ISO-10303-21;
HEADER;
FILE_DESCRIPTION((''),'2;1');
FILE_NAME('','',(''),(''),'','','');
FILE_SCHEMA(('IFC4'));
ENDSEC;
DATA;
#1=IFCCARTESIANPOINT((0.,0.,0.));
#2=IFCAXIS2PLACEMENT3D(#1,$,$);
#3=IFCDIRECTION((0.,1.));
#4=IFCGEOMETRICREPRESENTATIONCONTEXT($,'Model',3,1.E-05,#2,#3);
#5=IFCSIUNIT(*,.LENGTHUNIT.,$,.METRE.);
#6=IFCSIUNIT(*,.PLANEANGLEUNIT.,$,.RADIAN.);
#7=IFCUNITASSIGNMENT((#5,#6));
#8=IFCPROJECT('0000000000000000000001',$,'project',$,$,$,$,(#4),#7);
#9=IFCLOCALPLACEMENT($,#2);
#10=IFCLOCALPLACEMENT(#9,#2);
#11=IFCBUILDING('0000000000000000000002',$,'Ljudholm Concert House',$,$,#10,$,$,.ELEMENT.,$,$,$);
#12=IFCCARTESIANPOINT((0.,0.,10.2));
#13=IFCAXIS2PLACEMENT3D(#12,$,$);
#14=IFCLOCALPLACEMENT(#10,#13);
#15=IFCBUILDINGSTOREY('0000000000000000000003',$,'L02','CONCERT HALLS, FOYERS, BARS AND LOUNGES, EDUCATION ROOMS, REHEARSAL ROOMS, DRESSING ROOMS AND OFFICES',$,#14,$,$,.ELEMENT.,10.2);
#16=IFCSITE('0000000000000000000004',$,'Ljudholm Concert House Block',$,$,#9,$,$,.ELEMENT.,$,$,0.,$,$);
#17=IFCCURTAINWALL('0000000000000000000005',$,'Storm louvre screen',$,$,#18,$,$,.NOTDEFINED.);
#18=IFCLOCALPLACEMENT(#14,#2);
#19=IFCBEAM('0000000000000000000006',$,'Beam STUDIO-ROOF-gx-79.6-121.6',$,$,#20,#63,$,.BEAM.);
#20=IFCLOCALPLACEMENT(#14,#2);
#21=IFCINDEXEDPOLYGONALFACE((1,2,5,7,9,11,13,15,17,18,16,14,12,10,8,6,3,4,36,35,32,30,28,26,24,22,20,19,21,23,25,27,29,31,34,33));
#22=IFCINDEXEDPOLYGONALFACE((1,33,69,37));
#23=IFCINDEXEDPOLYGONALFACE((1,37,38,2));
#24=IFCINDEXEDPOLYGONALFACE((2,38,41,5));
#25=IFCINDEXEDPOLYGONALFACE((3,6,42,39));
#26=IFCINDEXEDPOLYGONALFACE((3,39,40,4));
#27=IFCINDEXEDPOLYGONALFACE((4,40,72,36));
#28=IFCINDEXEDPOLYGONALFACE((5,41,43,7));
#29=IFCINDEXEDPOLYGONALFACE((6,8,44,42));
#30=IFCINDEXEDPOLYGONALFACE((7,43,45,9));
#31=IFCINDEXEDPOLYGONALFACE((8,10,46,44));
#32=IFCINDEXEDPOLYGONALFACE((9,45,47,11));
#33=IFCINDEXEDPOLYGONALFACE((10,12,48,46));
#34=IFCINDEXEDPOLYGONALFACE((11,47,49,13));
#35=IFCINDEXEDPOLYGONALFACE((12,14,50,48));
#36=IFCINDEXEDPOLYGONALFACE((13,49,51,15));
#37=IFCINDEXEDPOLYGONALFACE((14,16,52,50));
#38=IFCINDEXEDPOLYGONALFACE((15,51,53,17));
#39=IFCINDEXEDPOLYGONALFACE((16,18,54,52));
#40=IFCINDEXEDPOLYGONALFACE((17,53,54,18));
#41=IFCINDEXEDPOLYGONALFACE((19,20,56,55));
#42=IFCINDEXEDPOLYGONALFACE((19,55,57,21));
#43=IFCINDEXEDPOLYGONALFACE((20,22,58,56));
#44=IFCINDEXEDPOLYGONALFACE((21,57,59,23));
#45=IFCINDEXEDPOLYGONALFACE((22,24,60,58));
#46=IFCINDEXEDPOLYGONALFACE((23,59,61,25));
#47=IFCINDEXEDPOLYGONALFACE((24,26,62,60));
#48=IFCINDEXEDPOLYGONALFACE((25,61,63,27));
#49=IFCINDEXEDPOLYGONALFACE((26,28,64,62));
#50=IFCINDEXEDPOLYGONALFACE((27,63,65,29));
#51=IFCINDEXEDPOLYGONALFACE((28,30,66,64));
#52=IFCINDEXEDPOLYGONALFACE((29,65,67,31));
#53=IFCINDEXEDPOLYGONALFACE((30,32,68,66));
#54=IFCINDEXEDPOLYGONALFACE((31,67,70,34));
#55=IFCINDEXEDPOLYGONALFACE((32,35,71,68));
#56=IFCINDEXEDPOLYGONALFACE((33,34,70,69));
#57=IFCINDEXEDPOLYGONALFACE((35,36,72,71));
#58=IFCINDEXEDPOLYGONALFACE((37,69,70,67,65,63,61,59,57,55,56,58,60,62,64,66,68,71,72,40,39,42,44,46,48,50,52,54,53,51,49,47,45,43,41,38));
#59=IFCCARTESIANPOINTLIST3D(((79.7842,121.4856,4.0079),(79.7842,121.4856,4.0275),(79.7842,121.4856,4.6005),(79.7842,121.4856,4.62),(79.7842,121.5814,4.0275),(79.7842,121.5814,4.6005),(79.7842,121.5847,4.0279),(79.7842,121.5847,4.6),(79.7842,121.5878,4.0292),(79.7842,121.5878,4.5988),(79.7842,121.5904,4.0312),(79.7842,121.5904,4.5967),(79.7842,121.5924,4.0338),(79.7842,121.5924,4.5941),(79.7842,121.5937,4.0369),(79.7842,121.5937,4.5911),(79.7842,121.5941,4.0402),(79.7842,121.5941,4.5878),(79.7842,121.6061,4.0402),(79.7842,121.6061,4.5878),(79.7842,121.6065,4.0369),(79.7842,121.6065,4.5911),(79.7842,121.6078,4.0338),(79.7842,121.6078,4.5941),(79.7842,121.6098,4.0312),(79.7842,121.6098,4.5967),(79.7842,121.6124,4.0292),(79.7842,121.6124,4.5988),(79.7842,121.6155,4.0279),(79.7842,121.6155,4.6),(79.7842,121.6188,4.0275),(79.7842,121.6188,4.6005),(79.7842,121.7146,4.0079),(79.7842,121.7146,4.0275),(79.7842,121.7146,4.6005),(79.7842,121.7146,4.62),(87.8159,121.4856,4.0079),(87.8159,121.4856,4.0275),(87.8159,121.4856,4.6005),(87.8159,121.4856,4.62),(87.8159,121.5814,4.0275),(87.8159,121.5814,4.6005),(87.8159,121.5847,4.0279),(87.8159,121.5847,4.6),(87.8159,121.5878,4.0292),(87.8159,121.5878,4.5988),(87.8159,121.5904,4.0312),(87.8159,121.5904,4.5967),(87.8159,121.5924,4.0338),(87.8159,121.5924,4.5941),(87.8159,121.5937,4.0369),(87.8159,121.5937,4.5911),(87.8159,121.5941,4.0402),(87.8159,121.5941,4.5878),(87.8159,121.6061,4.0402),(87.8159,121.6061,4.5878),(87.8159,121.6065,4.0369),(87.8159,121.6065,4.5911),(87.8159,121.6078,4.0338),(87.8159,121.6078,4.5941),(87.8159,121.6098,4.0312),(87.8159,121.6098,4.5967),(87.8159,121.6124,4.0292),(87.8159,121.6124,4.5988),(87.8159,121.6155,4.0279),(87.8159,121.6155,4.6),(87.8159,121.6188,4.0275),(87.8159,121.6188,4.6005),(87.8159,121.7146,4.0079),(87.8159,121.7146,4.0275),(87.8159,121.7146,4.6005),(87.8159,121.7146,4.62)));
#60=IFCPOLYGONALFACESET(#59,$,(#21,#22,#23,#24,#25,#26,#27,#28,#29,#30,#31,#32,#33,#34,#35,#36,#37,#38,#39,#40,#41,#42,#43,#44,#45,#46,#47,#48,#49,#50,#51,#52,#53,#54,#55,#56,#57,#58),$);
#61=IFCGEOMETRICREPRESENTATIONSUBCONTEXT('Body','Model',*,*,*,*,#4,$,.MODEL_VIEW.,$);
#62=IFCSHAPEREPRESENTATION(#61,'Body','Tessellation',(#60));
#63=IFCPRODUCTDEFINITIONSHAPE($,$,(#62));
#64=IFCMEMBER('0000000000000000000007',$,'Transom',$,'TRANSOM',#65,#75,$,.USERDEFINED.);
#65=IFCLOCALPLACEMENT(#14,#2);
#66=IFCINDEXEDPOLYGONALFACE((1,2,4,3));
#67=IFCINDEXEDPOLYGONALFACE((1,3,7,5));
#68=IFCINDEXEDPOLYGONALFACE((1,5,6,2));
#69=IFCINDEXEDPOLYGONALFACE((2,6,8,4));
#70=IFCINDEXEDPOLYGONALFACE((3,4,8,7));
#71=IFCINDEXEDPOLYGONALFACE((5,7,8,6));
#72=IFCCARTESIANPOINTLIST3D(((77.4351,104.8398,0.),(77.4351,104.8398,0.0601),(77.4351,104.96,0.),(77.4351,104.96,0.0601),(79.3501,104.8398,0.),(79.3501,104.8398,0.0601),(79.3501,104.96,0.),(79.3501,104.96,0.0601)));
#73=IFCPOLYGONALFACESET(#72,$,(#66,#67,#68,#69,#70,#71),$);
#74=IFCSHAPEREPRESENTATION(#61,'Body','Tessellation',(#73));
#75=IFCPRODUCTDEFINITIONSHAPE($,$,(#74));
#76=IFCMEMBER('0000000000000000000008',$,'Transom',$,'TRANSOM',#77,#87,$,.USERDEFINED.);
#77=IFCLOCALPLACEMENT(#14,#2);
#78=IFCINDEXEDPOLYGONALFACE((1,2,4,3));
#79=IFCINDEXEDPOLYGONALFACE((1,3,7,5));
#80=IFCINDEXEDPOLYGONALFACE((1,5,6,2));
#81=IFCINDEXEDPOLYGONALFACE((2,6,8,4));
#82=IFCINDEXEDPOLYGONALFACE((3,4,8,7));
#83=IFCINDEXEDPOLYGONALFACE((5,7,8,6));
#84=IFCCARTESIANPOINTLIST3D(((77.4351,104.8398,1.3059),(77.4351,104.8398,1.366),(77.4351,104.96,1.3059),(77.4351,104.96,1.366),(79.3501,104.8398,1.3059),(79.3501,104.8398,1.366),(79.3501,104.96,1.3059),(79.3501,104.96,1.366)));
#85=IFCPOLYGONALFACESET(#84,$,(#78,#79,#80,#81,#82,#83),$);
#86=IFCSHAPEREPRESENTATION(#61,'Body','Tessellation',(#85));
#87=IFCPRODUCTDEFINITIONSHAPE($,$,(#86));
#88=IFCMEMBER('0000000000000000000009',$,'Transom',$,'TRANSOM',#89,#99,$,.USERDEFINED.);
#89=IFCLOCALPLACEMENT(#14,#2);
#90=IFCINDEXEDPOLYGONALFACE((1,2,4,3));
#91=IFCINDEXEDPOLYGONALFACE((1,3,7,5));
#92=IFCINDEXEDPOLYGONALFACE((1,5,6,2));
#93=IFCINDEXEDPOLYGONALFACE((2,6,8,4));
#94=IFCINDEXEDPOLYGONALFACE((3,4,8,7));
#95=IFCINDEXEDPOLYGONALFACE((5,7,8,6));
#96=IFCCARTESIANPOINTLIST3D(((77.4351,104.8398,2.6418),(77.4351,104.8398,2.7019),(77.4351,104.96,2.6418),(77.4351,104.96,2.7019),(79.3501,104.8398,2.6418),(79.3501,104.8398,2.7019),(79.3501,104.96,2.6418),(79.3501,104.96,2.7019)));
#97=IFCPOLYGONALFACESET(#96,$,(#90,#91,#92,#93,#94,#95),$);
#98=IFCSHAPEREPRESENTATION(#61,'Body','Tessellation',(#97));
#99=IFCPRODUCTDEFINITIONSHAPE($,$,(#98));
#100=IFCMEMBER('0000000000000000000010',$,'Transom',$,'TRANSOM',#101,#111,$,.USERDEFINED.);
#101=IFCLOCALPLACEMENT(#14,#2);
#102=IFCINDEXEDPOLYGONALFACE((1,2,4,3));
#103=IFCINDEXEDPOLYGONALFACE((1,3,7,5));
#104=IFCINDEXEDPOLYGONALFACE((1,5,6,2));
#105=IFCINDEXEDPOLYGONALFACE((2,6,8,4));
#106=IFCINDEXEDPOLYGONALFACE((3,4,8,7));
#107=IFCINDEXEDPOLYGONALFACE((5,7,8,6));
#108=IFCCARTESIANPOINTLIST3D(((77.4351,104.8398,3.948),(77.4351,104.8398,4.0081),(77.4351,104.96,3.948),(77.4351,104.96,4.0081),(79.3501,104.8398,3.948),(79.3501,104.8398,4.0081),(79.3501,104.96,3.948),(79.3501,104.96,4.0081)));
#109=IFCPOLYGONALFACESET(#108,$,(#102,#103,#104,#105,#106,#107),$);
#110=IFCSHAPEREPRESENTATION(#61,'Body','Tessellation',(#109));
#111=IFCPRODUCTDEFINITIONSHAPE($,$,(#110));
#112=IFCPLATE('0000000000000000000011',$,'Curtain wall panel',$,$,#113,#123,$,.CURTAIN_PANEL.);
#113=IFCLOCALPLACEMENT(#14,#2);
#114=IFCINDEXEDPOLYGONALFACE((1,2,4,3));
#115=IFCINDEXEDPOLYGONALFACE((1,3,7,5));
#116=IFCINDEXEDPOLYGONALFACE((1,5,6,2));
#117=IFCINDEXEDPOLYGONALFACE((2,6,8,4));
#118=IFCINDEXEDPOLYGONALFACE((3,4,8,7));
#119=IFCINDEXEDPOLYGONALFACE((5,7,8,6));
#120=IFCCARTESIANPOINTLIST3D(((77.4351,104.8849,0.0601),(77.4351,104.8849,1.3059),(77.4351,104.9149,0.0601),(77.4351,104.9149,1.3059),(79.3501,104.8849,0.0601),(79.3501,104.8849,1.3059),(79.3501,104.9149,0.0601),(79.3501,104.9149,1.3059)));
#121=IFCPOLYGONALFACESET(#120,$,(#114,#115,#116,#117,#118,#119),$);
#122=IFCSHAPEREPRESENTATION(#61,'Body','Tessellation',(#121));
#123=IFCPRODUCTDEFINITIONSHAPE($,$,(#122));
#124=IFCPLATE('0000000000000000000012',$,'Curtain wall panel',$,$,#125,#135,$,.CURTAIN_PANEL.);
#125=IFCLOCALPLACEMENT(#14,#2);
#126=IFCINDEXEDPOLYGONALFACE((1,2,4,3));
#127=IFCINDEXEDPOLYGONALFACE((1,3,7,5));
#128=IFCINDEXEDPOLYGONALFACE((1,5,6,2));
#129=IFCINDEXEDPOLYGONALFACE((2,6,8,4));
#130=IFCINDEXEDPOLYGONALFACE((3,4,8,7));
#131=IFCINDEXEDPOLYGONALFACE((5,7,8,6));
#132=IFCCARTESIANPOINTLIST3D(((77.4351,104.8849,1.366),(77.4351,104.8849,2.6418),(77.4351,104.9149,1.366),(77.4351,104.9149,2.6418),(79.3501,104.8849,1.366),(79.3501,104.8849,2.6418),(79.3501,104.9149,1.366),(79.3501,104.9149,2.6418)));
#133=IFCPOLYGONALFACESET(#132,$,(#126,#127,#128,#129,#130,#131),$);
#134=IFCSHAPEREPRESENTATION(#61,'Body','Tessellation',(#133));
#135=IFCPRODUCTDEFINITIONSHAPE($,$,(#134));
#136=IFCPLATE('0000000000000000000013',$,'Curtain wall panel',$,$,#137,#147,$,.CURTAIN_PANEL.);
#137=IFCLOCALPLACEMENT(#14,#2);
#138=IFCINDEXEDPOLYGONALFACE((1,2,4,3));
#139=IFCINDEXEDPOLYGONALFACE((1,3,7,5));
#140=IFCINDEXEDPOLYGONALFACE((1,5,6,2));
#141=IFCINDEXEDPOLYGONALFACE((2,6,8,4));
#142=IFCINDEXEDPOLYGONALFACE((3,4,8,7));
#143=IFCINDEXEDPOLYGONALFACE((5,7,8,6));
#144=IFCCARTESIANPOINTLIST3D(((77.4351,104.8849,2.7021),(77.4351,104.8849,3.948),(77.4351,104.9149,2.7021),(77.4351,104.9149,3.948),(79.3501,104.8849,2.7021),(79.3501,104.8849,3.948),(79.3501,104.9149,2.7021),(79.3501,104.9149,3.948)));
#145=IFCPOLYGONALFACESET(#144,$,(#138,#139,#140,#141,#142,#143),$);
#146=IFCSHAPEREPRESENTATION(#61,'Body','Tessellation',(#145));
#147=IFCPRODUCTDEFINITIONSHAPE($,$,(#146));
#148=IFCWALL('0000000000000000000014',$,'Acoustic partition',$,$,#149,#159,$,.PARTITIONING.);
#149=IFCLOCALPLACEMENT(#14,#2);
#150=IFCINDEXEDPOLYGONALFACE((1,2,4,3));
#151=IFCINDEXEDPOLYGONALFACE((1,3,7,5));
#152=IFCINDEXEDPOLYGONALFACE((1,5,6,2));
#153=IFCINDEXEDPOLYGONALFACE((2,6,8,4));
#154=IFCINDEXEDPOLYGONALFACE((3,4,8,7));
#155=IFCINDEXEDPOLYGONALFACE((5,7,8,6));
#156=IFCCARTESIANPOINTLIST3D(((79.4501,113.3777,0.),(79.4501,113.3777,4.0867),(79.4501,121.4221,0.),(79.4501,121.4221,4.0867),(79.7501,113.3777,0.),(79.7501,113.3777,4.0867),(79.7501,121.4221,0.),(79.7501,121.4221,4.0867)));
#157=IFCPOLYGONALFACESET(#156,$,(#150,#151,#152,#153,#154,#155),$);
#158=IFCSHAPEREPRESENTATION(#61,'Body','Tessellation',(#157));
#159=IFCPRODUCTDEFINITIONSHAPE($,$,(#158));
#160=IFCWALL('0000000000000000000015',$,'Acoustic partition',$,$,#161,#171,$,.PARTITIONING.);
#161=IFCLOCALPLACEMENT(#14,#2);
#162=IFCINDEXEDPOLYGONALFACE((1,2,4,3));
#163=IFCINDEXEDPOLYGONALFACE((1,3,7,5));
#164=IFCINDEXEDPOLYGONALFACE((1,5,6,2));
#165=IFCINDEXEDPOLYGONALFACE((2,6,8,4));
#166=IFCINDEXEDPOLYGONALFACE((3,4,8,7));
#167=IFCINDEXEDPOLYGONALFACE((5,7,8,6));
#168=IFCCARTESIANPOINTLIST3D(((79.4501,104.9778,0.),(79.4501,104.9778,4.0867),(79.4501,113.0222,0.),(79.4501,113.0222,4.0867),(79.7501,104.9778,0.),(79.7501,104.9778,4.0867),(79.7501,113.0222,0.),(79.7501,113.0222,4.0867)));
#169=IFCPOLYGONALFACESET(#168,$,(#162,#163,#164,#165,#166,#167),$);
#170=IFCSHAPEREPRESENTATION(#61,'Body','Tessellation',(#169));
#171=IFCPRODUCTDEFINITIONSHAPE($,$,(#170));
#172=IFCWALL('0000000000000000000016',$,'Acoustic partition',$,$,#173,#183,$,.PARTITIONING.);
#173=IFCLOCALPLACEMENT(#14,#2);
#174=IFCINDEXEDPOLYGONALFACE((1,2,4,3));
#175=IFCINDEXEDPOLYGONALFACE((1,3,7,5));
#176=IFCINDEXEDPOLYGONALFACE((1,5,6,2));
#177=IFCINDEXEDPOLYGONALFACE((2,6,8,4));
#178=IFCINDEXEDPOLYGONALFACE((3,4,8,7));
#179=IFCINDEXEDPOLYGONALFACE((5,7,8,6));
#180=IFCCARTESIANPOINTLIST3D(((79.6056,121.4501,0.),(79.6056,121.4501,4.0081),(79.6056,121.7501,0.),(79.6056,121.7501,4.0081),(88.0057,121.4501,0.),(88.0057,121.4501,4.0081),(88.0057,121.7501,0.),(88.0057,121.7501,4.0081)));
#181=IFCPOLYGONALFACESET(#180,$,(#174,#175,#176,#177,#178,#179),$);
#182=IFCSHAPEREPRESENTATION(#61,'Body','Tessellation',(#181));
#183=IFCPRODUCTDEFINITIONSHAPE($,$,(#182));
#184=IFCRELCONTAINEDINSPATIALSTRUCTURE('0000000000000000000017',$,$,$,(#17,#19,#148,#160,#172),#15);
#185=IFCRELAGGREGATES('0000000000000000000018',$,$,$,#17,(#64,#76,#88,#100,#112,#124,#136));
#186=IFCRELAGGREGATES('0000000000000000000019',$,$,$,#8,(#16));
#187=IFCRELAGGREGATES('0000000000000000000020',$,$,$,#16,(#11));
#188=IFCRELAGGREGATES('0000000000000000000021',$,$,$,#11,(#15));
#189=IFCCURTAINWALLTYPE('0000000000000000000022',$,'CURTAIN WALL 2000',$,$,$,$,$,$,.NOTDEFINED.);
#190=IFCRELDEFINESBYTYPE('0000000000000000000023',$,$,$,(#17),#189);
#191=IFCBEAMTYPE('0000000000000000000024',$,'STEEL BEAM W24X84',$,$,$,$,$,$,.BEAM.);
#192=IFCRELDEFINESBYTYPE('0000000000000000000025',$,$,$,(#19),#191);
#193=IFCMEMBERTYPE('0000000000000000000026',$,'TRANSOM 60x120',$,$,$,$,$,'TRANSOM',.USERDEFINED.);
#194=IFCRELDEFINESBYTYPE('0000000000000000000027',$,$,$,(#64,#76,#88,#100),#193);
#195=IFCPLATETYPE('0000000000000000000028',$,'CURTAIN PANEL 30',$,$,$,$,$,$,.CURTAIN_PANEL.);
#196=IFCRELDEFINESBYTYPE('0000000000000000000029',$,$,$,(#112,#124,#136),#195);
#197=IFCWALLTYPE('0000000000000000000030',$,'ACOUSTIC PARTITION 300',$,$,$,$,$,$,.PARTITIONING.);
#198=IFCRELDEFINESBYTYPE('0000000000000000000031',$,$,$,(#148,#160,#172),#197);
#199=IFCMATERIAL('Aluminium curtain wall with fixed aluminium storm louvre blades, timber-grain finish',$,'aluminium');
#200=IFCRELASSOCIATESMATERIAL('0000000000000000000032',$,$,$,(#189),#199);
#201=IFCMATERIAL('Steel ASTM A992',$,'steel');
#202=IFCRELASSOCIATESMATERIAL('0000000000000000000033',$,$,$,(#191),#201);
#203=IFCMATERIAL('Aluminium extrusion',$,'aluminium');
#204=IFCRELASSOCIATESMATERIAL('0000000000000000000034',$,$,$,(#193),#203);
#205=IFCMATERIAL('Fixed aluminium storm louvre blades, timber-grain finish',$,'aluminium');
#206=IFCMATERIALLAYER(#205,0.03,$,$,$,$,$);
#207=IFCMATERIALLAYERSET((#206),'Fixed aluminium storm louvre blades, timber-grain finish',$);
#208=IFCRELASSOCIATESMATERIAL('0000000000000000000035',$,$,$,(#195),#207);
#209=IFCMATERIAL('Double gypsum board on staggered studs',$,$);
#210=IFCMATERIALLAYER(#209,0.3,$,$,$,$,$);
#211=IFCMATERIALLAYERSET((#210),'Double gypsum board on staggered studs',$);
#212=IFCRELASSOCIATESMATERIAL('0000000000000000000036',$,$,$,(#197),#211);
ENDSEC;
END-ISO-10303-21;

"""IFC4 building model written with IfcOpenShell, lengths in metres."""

from ifc_helpers import new_model, si_unit, direction, frame, frame_2d, origin, origin_2d, place, context, subcontext, project, spatial, rectangle, i_section, extrude, material, layer, layer_set, material_profile, profile_set, type_object, element, aggregate, save


model = new_model("IFC4")

# Units and contexts
model_context = context("Model", 3, precision=1e-05, world=origin(), true_north=direction((0.0, 1.0)))
body_context = subcontext(model_context, "Body", "Model", "MODEL_VIEW")
ifc_project = project(units=[si_unit("LENGTHUNIT", "METRE"), si_unit("PLANEANGLEUNIT", "RADIAN")], contexts=[model_context])

# Site, building, storey
site_placement = place(None, origin())
site = spatial("IfcSite", under=ifc_project, at=site_placement, Name="Ljudholm Concert House Block", CompositionType="ELEMENT", RefElevation=0.0)
building_placement = place(site_placement, origin())
building = spatial("IfcBuilding", under=site, at=building_placement, Name="Ljudholm Concert House", CompositionType="ELEMENT")
storey_placement = place(building_placement, frame((0.0, 0.0, 10.2)))
storey = spatial("IfcBuildingStorey", under=building, at=storey_placement, Name="L02", Description="CONCERT HALLS, FOYERS, BARS AND LOUNGES, EDUCATION ROOMS, REHEARSAL ROOMS, DRESSING ROOMS AND OFFICES", CompositionType="ELEMENT", Elevation=10.2)

# Curtain wall
ifc_material_1 = material(Name="Aluminium curtain wall with fixed aluminium storm louvre blades, timber-grain finish", Category="aluminium")
curtain_wall_type = type_object("IfcCurtainWallType", Name="CURTAIN WALL 2000", PredefinedType="NOTDEFINED", material=ifc_material_1)
curtain_wall_placement = place(storey_placement, origin())
curtain_wall = element("IfcCurtainWall", 1, at=curtain_wall_placement, inside=storey, type_object=curtain_wall_type, Name="Storm louvre screen", PredefinedType="NOTDEFINED")

# Beam
ifc_material_2 = material(Name="Steel ASTM A992", Category="steel")
ifc_material_profile_1 = material_profile(ifc_material_2, i_section(OverallWidth=0.229, OverallDepth=0.6121, WebThickness=0.012, FlangeThickness=0.0195, FilletRadius=0.0127, at=origin_2d()), Name="W24X84")
ifc_profile_set_1 = profile_set([ifc_material_profile_1], Name="Steel ASTM A992")
beam_type_1 = type_object("IfcBeamType", Name="STEEL BEAM W24X84", PredefinedType="BEAM", material=ifc_profile_set_1)
for number, where, z_axis, x_axis, name in (
    (2, (79.7842, 121.6001, 4.314), (1.0, 0.0, 0.0), (0.0, 1.0, 0.0), "Beam STUDIO-ROOF-gx-79.6-121.6"),
):
    element("IfcBeam", number, at=place(storey_placement, frame(where, z_axis=z_axis, x_axis=x_axis)), inside=storey, type_object=beam_type_1, Name=name, PredefinedType="BEAM", context=body_context, shape_type="SweptSolid", body=[
        extrude(i_section(OverallWidth=0.229, OverallDepth=0.6121, WebThickness=0.012, FlangeThickness=0.0195, FilletRadius=0.0127, at=origin_2d()), origin(), (0.0, 0.0, 1.0), 8.0317),
    ])

# Members
ifc_material_3 = material(Name="Aluminium extrusion", Category="aluminium")
ifc_material_profile_2 = material_profile(ifc_material_3, rectangle(XDim=0.1201, YDim=0.0601, at=origin_2d()), Name="TRANSOM 60x120")
ifc_profile_set_2 = profile_set([ifc_material_profile_2], Name="Aluminium extrusion")
member_type_1 = type_object("IfcMemberType", Name="TRANSOM 60x120", ElementType="TRANSOM", PredefinedType="USERDEFINED", material=ifc_profile_set_2)
member_1_placement = place(storey_placement, frame((77.4351, 104.8999, 0.03), z_axis=(1.0, 0.0, 0.0), x_axis=(0.0, 1.0, 0.0)))
member_1 = element("IfcMember", 3, at=member_1_placement, type_object=member_type_1, Name="Transom", ObjectType="TRANSOM", PredefinedType="USERDEFINED", context=body_context, shape_type="SweptSolid", body=[
    extrude(rectangle(XDim=0.1201, YDim=0.0601, at=origin_2d()), origin(), (0.0, 0.0, 1.0), 1.915),
])
member_2_placement = place(storey_placement, frame((77.4351, 104.8999, 1.3359), z_axis=(1.0, 0.0, 0.0), x_axis=(0.0, 1.0, 0.0)))
member_2 = element("IfcMember", 4, at=member_2_placement, type_object=member_type_1, Name="Transom", ObjectType="TRANSOM", PredefinedType="USERDEFINED", context=body_context, shape_type="SweptSolid", body=[
    extrude(rectangle(XDim=0.1201, YDim=0.0601, at=origin_2d()), origin(), (0.0, 0.0, 1.0), 1.915),
])
member_3_placement = place(storey_placement, frame((77.4351, 104.8999, 2.6719), z_axis=(1.0, 0.0, 0.0), x_axis=(0.0, 1.0, 0.0)))
member_3 = element("IfcMember", 5, at=member_3_placement, type_object=member_type_1, Name="Transom", ObjectType="TRANSOM", PredefinedType="USERDEFINED", context=body_context, shape_type="SweptSolid", body=[
    extrude(rectangle(XDim=0.1201, YDim=0.0601, at=origin_2d()), origin(), (0.0, 0.0, 1.0), 1.915),
])
member_4_placement = place(storey_placement, frame((77.4351, 104.8999, 3.978), z_axis=(1.0, 0.0, 0.0), x_axis=(0.0, 1.0, 0.0)))
member_4 = element("IfcMember", 6, at=member_4_placement, type_object=member_type_1, Name="Transom", ObjectType="TRANSOM", PredefinedType="USERDEFINED", context=body_context, shape_type="SweptSolid", body=[
    extrude(rectangle(XDim=0.1201, YDim=0.0601, at=origin_2d()), origin(), (0.0, 0.0, 1.0), 1.915),
])

# Plates
ifc_material_4 = material(Name="Fixed aluminium storm louvre blades, timber-grain finish", Category="aluminium")
ifc_layer_1 = layer(ifc_material_4, 0.03)
ifc_layer_set_1 = layer_set([ifc_layer_1], Name="Fixed aluminium storm louvre blades, timber-grain finish")
plate_type = type_object("IfcPlateType", Name="CURTAIN PANEL 30", PredefinedType="CURTAIN_PANEL", material=ifc_layer_set_1)
plate_1_placement = place(storey_placement, frame((78.3926, 104.8999, 0.0601), z_axis=(0.0, 0.0, 1.0), x_axis=(1.0, 0.0, 0.0)))
plate_1 = element("IfcPlate", 7, at=plate_1_placement, type_object=plate_type, Name="Curtain wall panel", PredefinedType="CURTAIN_PANEL", context=body_context, shape_type="SweptSolid", body=[
    extrude(rectangle(XDim=1.915, YDim=0.03, at=origin_2d()), origin(), (0.0, 0.0, 1.0), 1.2458),
])
plate_2_placement = place(storey_placement, frame((78.3926, 104.8999, 1.366), z_axis=(0.0, 0.0, 1.0), x_axis=(1.0, 0.0, 0.0)))
plate_2 = element("IfcPlate", 8, at=plate_2_placement, type_object=plate_type, Name="Curtain wall panel", PredefinedType="CURTAIN_PANEL", context=body_context, shape_type="SweptSolid", body=[
    extrude(rectangle(XDim=1.915, YDim=0.03, at=origin_2d()), origin(), (0.0, 0.0, 1.0), 1.2759),
])
plate_3_placement = place(storey_placement, frame((78.3926, 104.8999, 2.7021), z_axis=(0.0, 0.0, 1.0), x_axis=(1.0, 0.0, 0.0)))
plate_3 = element("IfcPlate", 9, at=plate_3_placement, type_object=plate_type, Name="Curtain wall panel", PredefinedType="CURTAIN_PANEL", context=body_context, shape_type="SweptSolid", body=[
    extrude(rectangle(XDim=1.915, YDim=0.03, at=origin_2d()), origin(), (0.0, 0.0, 1.0), 1.2458),
])
aggregate(curtain_wall, [member_1, member_2, member_3, member_4, plate_1, plate_2, plate_3])

# Walls
ifc_material_5 = material(Name="Double gypsum board on staggered studs")
ifc_layer_2 = layer(ifc_material_5, 0.3)
ifc_layer_set_2 = layer_set([ifc_layer_2], Name="Double gypsum board on staggered studs")
wall_type_1 = type_object("IfcWallType", Name="ACOUSTIC PARTITION 300", PredefinedType="PARTITIONING", material=ifc_layer_set_2)
for number, where, z_axis, x_axis, name in (
    (10, (79.6001, 113.3777, 0.0), (0.0, 0.0, 1.0), (0.0, 1.0, 0.0), "Acoustic partition"),
    (11, (79.6001, 104.9778, 0.0), (0.0, 0.0, 1.0), (0.0, 1.0, 0.0), "Acoustic partition"),
):
    element("IfcWall", number, at=place(storey_placement, frame(where, z_axis=z_axis, x_axis=x_axis)), inside=storey, type_object=wall_type_1, Name=name, PredefinedType="PARTITIONING", context=body_context, shape_type="SweptSolid", body=[
        extrude(rectangle(XDim=8.0444, YDim=0.3, at=frame_2d((4.0222, 0.0))), origin(), (0.0, 0.0, 1.0), 4.0867),
    ])
wall_1_placement = place(storey_placement, frame((79.6055, 121.6001, 0.0), z_axis=(0.0, 0.0, 1.0), x_axis=(1.0, 0.0, 0.0)))
element("IfcWall", 12, at=wall_1_placement, inside=storey, type_object=wall_type_1, Name="Acoustic partition", PredefinedType="PARTITIONING", context=body_context, shape_type="SweptSolid", body=[
    extrude(rectangle(XDim=8.4001, YDim=0.3, at=frame_2d((4.2002, 0.0))), origin(), (0.0, 0.0, 1.0), 4.0081),
])

save(model, "model.ifc")
